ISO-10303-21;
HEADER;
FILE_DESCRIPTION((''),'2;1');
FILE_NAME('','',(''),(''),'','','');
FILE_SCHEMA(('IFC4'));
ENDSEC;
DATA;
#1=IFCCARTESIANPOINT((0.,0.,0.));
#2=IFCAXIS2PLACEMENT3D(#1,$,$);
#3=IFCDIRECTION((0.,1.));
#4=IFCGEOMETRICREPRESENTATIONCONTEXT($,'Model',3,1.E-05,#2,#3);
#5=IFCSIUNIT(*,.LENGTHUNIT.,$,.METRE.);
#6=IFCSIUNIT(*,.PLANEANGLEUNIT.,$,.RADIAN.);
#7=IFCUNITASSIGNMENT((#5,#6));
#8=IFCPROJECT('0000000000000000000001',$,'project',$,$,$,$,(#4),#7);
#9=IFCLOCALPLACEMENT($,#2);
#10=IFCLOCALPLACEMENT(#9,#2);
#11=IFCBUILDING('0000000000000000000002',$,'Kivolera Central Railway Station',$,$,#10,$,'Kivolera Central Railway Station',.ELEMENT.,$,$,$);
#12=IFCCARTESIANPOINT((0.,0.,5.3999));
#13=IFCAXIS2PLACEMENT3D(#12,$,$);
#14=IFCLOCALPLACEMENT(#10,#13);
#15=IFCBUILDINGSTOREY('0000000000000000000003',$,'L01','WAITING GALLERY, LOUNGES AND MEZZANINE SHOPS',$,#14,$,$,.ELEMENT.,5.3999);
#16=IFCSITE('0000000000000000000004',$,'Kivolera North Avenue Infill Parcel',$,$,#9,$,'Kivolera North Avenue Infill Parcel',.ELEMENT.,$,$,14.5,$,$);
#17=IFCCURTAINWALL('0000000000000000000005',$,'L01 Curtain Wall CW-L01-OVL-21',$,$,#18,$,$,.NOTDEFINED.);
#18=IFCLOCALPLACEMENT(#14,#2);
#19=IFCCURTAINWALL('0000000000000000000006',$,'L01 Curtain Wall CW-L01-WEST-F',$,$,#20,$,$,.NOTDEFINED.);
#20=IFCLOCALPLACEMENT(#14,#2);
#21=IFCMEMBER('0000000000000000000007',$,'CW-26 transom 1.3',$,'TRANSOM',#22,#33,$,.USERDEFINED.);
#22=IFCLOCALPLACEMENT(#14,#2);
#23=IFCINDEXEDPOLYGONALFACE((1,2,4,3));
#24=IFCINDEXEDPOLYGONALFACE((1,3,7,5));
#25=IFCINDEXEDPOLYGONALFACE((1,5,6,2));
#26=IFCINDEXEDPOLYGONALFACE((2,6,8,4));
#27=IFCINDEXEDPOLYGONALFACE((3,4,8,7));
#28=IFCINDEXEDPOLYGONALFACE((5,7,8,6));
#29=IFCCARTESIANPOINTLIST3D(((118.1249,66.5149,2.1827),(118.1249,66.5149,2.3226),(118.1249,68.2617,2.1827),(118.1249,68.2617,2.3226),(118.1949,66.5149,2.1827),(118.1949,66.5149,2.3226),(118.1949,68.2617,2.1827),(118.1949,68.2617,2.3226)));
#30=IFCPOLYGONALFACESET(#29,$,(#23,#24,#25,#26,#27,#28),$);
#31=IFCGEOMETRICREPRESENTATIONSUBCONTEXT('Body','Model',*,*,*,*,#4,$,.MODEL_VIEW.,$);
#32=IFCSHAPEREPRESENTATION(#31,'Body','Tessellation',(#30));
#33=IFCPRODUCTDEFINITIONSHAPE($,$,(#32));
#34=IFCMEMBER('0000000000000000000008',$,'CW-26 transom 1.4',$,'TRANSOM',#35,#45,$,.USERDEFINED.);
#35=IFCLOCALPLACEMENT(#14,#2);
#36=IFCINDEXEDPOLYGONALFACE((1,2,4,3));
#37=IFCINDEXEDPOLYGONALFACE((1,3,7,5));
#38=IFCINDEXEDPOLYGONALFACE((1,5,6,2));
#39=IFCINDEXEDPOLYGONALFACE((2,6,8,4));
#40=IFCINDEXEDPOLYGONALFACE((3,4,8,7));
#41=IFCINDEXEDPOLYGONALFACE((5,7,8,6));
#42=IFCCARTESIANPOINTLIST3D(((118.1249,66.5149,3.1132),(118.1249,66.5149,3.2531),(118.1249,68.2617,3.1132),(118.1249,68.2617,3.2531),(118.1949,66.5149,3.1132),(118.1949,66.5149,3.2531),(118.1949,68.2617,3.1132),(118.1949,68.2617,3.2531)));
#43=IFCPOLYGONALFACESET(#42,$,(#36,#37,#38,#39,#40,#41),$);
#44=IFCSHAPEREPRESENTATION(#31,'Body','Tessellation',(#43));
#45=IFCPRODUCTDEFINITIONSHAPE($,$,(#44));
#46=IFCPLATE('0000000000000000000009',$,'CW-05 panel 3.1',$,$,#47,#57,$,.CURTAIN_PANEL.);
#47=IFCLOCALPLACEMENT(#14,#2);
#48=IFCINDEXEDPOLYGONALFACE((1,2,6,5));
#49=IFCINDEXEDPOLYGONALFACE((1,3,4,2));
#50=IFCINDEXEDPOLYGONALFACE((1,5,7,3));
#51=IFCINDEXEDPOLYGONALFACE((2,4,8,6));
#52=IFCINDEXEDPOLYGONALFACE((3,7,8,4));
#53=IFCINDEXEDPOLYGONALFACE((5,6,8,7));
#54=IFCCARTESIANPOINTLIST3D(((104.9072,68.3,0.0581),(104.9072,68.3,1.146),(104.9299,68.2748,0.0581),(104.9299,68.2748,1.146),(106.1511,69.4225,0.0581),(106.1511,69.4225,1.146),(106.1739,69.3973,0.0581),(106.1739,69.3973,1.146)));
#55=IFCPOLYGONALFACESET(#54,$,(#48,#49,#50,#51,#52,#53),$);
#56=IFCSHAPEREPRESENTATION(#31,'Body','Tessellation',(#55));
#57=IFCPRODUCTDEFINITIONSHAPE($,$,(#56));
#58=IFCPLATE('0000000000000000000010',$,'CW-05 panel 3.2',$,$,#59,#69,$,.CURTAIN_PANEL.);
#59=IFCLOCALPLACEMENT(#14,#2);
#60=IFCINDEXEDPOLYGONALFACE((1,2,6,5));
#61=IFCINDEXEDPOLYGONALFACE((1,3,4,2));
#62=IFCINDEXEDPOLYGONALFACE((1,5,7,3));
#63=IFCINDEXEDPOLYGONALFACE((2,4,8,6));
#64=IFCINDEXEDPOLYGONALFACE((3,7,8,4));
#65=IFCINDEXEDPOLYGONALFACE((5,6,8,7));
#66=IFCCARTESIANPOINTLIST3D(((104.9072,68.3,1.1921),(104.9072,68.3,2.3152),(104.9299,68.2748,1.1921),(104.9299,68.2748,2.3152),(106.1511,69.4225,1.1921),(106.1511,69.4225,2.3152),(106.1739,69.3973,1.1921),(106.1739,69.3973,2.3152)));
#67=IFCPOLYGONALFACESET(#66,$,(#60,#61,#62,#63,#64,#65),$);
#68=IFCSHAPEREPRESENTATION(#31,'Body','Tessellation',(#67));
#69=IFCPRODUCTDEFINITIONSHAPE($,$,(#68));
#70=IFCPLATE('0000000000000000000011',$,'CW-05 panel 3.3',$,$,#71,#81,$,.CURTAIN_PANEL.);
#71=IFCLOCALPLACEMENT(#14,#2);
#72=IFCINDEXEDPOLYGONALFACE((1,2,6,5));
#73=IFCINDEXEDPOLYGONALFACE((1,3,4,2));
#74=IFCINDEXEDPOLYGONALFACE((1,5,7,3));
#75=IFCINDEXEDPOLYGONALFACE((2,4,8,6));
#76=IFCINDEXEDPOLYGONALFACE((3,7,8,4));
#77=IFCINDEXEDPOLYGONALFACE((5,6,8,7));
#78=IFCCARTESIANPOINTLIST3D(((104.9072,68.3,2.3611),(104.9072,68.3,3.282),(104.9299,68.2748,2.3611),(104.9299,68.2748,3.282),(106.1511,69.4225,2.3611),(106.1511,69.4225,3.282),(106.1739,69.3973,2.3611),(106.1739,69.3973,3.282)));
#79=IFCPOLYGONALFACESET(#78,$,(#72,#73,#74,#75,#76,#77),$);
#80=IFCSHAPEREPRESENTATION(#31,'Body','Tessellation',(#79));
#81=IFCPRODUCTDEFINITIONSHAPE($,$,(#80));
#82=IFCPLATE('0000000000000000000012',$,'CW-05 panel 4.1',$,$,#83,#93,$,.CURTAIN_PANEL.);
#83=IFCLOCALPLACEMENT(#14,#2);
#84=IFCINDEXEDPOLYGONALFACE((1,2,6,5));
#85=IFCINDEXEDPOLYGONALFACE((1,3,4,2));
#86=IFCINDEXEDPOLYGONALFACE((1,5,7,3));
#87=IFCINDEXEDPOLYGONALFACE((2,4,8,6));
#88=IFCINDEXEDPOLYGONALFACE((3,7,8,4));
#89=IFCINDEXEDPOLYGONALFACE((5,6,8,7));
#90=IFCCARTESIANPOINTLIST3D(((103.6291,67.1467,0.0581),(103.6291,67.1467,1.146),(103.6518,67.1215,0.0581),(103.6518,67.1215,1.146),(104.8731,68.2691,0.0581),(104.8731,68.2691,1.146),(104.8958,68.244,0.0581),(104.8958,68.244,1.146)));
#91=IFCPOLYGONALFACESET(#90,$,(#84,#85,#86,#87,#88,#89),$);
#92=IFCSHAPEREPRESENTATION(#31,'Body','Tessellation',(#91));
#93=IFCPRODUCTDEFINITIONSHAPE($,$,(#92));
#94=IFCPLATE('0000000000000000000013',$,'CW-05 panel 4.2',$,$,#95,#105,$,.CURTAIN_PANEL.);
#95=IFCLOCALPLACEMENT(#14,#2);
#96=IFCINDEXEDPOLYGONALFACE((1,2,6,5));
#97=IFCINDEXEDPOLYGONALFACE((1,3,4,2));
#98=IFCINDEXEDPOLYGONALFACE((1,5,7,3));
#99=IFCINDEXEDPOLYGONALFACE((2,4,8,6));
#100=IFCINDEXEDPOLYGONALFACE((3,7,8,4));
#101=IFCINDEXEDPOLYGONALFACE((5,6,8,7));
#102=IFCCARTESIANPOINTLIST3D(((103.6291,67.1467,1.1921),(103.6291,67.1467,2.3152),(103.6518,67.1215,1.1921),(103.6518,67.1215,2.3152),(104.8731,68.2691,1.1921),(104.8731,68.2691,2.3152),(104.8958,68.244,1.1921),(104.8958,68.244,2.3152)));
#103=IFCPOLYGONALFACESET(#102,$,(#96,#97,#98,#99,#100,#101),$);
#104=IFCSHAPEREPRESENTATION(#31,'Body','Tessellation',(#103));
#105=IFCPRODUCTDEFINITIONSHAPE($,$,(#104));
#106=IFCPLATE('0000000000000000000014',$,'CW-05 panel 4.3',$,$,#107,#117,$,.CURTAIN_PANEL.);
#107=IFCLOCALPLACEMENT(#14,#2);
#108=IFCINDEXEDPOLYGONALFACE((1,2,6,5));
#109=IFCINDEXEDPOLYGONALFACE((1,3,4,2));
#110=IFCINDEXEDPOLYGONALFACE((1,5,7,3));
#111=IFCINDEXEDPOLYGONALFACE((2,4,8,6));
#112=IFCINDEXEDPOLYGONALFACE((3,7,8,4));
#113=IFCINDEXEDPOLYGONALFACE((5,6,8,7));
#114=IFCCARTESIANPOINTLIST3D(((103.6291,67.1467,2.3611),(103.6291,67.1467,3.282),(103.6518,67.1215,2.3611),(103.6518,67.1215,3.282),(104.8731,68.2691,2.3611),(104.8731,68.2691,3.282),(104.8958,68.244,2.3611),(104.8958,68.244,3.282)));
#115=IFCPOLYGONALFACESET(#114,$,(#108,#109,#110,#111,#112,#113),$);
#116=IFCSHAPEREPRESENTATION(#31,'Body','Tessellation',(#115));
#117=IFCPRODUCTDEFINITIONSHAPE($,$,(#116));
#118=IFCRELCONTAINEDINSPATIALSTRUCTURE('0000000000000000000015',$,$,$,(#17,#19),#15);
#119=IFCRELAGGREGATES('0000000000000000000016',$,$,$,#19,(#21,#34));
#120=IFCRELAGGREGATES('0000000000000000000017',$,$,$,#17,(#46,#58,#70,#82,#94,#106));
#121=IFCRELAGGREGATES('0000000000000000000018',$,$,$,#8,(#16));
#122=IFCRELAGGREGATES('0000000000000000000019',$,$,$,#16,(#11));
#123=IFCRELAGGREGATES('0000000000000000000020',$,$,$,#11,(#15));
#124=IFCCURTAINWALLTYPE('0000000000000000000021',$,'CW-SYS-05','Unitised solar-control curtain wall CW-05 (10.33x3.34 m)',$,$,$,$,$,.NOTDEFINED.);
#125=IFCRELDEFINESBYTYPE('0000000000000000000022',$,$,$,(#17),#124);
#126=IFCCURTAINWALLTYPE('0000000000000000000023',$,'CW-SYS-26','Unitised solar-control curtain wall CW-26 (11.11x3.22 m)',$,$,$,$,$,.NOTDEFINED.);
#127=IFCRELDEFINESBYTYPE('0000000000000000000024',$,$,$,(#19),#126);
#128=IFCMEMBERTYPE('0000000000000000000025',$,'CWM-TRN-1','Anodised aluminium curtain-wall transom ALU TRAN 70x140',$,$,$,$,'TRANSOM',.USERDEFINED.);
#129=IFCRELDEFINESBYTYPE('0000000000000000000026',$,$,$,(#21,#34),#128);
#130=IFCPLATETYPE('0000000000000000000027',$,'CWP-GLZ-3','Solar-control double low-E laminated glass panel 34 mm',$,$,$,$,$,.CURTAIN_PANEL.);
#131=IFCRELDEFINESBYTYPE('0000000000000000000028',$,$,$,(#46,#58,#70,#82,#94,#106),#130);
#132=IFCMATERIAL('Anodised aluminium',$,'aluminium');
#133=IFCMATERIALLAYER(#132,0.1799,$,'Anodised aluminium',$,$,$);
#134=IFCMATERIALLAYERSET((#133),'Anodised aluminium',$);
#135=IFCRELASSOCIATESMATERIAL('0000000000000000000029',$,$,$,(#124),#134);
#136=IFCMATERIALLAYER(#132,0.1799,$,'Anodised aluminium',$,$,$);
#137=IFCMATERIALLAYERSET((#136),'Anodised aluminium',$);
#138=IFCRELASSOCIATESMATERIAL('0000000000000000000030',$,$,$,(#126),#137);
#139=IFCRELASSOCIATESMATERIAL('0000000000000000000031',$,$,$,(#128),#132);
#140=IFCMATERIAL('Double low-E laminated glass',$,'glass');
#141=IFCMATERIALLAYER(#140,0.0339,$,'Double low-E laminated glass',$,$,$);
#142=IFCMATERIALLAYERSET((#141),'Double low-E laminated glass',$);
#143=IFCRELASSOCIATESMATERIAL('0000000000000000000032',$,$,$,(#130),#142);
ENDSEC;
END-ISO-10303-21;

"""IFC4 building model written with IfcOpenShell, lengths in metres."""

from ifc_helpers import new_model, si_unit, direction, frame, origin, origin_2d, place, context, subcontext, project, spatial, rectangle, extrude, material, layer, layer_set, material_profile, profile_set, type_object, element, aggregate, save


model = new_model("IFC4")

# Units and contexts
model_context = context("Model", 3, precision=1e-05, world=origin(), true_north=direction((0.0, 1.0)))
body_context = subcontext(model_context, "Body", "Model", "MODEL_VIEW")
ifc_project = project(units=[si_unit("LENGTHUNIT", "METRE"), si_unit("PLANEANGLEUNIT", "RADIAN")], contexts=[model_context])

# Site, building, storey
site_placement = place(None, origin())
site = spatial("IfcSite", under=ifc_project, at=site_placement, Name="Kivolera North Avenue Infill Parcel", LongName="Kivolera North Avenue Infill Parcel", CompositionType="ELEMENT", RefElevation=14.5)
building_placement = place(site_placement, origin())
building = spatial("IfcBuilding", under=site, at=building_placement, Name="Kivolera Central Railway Station", LongName="Kivolera Central Railway Station", CompositionType="ELEMENT")
storey_placement = place(building_placement, frame((0.0, 0.0, 5.3999)))
storey = spatial("IfcBuildingStorey", under=building, at=storey_placement, Name="L01", Description="WAITING GALLERY, LOUNGES AND MEZZANINE SHOPS", CompositionType="ELEMENT", Elevation=5.3999)

# Curtain wall
ifc_material_1 = material(Name="Anodised aluminium", Category="aluminium")
ifc_layer_1 = layer(ifc_material_1, 0.1799, Name="Anodised aluminium")
ifc_layer_set_1 = layer_set([ifc_layer_1], Name="Anodised aluminium")
curtain_wall_type_1 = type_object("IfcCurtainWallType", Name="CW-SYS-05", Description="Unitised solar-control curtain wall CW-05 (10.33x3.34 m)", PredefinedType="NOTDEFINED", material=ifc_layer_set_1)
curtain_wall_1_placement = place(storey_placement, origin())
curtain_wall_1 = element("IfcCurtainWall", 1, at=curtain_wall_1_placement, inside=storey, type_object=curtain_wall_type_1, Name="L01 Curtain Wall CW-L01-OVL-21", PredefinedType="NOTDEFINED")

# Curtain wall
ifc_layer_2 = layer(ifc_material_1, 0.1799, Name="Anodised aluminium")
ifc_layer_set_2 = layer_set([ifc_layer_2], Name="Anodised aluminium")
curtain_wall_type_2 = type_object("IfcCurtainWallType", Name="CW-SYS-26", Description="Unitised solar-control curtain wall CW-26 (11.11x3.22 m)", PredefinedType="NOTDEFINED", material=ifc_layer_set_2)
curtain_wall_2_placement = place(storey_placement, origin())
curtain_wall_2 = element("IfcCurtainWall", 2, at=curtain_wall_2_placement, inside=storey, type_object=curtain_wall_type_2, Name="L01 Curtain Wall CW-L01-WEST-F", PredefinedType="NOTDEFINED")

# Members
ifc_material_profile_1 = material_profile(ifc_material_1, rectangle(XDim=0.0701, YDim=0.1399, at=origin_2d()), Name="ALU TRAN 70x140")
ifc_profile_set_1 = profile_set([ifc_material_profile_1], Name="Anodised aluminium")
member_type_1 = type_object("IfcMemberType", Name="CWM-TRN-1", Description="Anodised aluminium curtain-wall transom ALU TRAN 70x140", ElementType="TRANSOM", PredefinedType="USERDEFINED", material=ifc_profile_set_1)
member_1_placement = place(storey_placement, frame((118.1599, 66.5149, 2.2527), z_axis=(0.0, 1.0, 0.0), x_axis=(-1.0, 0.0, 0.0)))
member_1 = element("IfcMember", 3, at=member_1_placement, type_object=member_type_1, Name="CW-26 transom 1.3", ObjectType="TRANSOM", PredefinedType="USERDEFINED", context=body_context, shape_type="SweptSolid", body=[
    extrude(rectangle(XDim=0.0701, YDim=0.1399, at=origin_2d()), origin(), (0.0, 0.0, 1.0), 1.7468),
])
member_2_placement = place(storey_placement, frame((118.1599, 66.5149, 3.1831), z_axis=(0.0, 1.0, 0.0), x_axis=(-1.0, 0.0, 0.0)))
member_2 = element("IfcMember", 4, at=member_2_placement, type_object=member_type_1, Name="CW-26 transom 1.4", ObjectType="TRANSOM", PredefinedType="USERDEFINED", context=body_context, shape_type="SweptSolid", body=[
    extrude(rectangle(XDim=0.0701, YDim=0.1399, at=origin_2d()), origin(), (0.0, 0.0, 1.0), 1.7468),
])
aggregate(curtain_wall_2, [member_1, member_2])

# Plates
ifc_material_2 = material(Name="Double low-E laminated glass", Category="glass")
ifc_layer_3 = layer(ifc_material_2, 0.0339, Name="Double low-E laminated glass")
ifc_layer_set_3 = layer_set([ifc_layer_3], Name="Double low-E laminated glass")
plate_type = type_object("IfcPlateType", Name="CWP-GLZ-3", Description="Solar-control double low-E laminated glass panel 34 mm", PredefinedType="CURTAIN_PANEL", material=ifc_layer_set_3)
plate_1_placement = place(storey_placement, frame((105.5405, 68.8486, 0.0581), z_axis=(0.0, 0.0, 1.0), x_axis=(-0.742432, -0.669922, 0.0)))
plate_1 = element("IfcPlate", 5, at=plate_1_placement, type_object=plate_type, Name="CW-05 panel 3.1", PredefinedType="CURTAIN_PANEL", context=body_context, shape_type="SweptSolid", body=[
    extrude(rectangle(XDim=1.6755, YDim=0.0339, at=origin_2d()), origin(), (0.0, 0.0, 1.0), 1.0879),
])
plate_2_placement = place(storey_placement, frame((105.5405, 68.8486, 1.1921), z_axis=(0.0, 0.0, 1.0), x_axis=(-0.742432, -0.669922, 0.0)))
plate_2 = element("IfcPlate", 6, at=plate_2_placement, type_object=plate_type, Name="CW-05 panel 3.2", PredefinedType="CURTAIN_PANEL", context=body_context, shape_type="SweptSolid", body=[
    extrude(rectangle(XDim=1.6755, YDim=0.0339, at=origin_2d()), origin(), (0.0, 0.0, 1.0), 1.123),
])
plate_3_placement = place(storey_placement, frame((105.5405, 68.8486, 2.3611), z_axis=(0.0, 0.0, 1.0), x_axis=(-0.742432, -0.669922, 0.0)))
plate_3 = element("IfcPlate", 7, at=plate_3_placement, type_object=plate_type, Name="CW-05 panel 3.3", PredefinedType="CURTAIN_PANEL", context=body_context, shape_type="SweptSolid", body=[
    extrude(rectangle(XDim=1.6755, YDim=0.0339, at=origin_2d()), origin(), (0.0, 0.0, 1.0), 0.9209),
])
plate_4_placement = place(storey_placement, frame((104.2625, 67.6953, 0.0581), z_axis=(0.0, 0.0, 1.0), x_axis=(-0.742432, -0.669922, 0.0)))
plate_4 = element("IfcPlate", 8, at=plate_4_placement, type_object=plate_type, Name="CW-05 panel 4.1", PredefinedType="CURTAIN_PANEL", context=body_context, shape_type="SweptSolid", body=[
    extrude(rectangle(XDim=1.6755, YDim=0.0339, at=origin_2d()), origin(), (0.0, 0.0, 1.0), 1.0879),
])
plate_5_placement = place(storey_placement, frame((104.2625, 67.6953, 1.1921), z_axis=(0.0, 0.0, 1.0), x_axis=(-0.742432, -0.669922, 0.0)))
plate_5 = element("IfcPlate", 9, at=plate_5_placement, type_object=plate_type, Name="CW-05 panel 4.2", PredefinedType="CURTAIN_PANEL", context=body_context, shape_type="SweptSolid", body=[
    extrude(rectangle(XDim=1.6755, YDim=0.0339, at=origin_2d()), origin(), (0.0, 0.0, 1.0), 1.123),
])
plate_6_placement = place(storey_placement, frame((104.2625, 67.6953, 2.3611), z_axis=(0.0, 0.0, 1.0), x_axis=(-0.742432, -0.669922, 0.0)))
plate_6 = element("IfcPlate", 10, at=plate_6_placement, type_object=plate_type, Name="CW-05 panel 4.3", PredefinedType="CURTAIN_PANEL", context=body_context, shape_type="SweptSolid", body=[
    extrude(rectangle(XDim=1.6755, YDim=0.0339, at=origin_2d()), origin(), (0.0, 0.0, 1.0), 0.9209),
])
aggregate(curtain_wall_1, [plate_1, plate_2, plate_3, plate_4, plate_5, plate_6])

save(model, "model.ifc")
